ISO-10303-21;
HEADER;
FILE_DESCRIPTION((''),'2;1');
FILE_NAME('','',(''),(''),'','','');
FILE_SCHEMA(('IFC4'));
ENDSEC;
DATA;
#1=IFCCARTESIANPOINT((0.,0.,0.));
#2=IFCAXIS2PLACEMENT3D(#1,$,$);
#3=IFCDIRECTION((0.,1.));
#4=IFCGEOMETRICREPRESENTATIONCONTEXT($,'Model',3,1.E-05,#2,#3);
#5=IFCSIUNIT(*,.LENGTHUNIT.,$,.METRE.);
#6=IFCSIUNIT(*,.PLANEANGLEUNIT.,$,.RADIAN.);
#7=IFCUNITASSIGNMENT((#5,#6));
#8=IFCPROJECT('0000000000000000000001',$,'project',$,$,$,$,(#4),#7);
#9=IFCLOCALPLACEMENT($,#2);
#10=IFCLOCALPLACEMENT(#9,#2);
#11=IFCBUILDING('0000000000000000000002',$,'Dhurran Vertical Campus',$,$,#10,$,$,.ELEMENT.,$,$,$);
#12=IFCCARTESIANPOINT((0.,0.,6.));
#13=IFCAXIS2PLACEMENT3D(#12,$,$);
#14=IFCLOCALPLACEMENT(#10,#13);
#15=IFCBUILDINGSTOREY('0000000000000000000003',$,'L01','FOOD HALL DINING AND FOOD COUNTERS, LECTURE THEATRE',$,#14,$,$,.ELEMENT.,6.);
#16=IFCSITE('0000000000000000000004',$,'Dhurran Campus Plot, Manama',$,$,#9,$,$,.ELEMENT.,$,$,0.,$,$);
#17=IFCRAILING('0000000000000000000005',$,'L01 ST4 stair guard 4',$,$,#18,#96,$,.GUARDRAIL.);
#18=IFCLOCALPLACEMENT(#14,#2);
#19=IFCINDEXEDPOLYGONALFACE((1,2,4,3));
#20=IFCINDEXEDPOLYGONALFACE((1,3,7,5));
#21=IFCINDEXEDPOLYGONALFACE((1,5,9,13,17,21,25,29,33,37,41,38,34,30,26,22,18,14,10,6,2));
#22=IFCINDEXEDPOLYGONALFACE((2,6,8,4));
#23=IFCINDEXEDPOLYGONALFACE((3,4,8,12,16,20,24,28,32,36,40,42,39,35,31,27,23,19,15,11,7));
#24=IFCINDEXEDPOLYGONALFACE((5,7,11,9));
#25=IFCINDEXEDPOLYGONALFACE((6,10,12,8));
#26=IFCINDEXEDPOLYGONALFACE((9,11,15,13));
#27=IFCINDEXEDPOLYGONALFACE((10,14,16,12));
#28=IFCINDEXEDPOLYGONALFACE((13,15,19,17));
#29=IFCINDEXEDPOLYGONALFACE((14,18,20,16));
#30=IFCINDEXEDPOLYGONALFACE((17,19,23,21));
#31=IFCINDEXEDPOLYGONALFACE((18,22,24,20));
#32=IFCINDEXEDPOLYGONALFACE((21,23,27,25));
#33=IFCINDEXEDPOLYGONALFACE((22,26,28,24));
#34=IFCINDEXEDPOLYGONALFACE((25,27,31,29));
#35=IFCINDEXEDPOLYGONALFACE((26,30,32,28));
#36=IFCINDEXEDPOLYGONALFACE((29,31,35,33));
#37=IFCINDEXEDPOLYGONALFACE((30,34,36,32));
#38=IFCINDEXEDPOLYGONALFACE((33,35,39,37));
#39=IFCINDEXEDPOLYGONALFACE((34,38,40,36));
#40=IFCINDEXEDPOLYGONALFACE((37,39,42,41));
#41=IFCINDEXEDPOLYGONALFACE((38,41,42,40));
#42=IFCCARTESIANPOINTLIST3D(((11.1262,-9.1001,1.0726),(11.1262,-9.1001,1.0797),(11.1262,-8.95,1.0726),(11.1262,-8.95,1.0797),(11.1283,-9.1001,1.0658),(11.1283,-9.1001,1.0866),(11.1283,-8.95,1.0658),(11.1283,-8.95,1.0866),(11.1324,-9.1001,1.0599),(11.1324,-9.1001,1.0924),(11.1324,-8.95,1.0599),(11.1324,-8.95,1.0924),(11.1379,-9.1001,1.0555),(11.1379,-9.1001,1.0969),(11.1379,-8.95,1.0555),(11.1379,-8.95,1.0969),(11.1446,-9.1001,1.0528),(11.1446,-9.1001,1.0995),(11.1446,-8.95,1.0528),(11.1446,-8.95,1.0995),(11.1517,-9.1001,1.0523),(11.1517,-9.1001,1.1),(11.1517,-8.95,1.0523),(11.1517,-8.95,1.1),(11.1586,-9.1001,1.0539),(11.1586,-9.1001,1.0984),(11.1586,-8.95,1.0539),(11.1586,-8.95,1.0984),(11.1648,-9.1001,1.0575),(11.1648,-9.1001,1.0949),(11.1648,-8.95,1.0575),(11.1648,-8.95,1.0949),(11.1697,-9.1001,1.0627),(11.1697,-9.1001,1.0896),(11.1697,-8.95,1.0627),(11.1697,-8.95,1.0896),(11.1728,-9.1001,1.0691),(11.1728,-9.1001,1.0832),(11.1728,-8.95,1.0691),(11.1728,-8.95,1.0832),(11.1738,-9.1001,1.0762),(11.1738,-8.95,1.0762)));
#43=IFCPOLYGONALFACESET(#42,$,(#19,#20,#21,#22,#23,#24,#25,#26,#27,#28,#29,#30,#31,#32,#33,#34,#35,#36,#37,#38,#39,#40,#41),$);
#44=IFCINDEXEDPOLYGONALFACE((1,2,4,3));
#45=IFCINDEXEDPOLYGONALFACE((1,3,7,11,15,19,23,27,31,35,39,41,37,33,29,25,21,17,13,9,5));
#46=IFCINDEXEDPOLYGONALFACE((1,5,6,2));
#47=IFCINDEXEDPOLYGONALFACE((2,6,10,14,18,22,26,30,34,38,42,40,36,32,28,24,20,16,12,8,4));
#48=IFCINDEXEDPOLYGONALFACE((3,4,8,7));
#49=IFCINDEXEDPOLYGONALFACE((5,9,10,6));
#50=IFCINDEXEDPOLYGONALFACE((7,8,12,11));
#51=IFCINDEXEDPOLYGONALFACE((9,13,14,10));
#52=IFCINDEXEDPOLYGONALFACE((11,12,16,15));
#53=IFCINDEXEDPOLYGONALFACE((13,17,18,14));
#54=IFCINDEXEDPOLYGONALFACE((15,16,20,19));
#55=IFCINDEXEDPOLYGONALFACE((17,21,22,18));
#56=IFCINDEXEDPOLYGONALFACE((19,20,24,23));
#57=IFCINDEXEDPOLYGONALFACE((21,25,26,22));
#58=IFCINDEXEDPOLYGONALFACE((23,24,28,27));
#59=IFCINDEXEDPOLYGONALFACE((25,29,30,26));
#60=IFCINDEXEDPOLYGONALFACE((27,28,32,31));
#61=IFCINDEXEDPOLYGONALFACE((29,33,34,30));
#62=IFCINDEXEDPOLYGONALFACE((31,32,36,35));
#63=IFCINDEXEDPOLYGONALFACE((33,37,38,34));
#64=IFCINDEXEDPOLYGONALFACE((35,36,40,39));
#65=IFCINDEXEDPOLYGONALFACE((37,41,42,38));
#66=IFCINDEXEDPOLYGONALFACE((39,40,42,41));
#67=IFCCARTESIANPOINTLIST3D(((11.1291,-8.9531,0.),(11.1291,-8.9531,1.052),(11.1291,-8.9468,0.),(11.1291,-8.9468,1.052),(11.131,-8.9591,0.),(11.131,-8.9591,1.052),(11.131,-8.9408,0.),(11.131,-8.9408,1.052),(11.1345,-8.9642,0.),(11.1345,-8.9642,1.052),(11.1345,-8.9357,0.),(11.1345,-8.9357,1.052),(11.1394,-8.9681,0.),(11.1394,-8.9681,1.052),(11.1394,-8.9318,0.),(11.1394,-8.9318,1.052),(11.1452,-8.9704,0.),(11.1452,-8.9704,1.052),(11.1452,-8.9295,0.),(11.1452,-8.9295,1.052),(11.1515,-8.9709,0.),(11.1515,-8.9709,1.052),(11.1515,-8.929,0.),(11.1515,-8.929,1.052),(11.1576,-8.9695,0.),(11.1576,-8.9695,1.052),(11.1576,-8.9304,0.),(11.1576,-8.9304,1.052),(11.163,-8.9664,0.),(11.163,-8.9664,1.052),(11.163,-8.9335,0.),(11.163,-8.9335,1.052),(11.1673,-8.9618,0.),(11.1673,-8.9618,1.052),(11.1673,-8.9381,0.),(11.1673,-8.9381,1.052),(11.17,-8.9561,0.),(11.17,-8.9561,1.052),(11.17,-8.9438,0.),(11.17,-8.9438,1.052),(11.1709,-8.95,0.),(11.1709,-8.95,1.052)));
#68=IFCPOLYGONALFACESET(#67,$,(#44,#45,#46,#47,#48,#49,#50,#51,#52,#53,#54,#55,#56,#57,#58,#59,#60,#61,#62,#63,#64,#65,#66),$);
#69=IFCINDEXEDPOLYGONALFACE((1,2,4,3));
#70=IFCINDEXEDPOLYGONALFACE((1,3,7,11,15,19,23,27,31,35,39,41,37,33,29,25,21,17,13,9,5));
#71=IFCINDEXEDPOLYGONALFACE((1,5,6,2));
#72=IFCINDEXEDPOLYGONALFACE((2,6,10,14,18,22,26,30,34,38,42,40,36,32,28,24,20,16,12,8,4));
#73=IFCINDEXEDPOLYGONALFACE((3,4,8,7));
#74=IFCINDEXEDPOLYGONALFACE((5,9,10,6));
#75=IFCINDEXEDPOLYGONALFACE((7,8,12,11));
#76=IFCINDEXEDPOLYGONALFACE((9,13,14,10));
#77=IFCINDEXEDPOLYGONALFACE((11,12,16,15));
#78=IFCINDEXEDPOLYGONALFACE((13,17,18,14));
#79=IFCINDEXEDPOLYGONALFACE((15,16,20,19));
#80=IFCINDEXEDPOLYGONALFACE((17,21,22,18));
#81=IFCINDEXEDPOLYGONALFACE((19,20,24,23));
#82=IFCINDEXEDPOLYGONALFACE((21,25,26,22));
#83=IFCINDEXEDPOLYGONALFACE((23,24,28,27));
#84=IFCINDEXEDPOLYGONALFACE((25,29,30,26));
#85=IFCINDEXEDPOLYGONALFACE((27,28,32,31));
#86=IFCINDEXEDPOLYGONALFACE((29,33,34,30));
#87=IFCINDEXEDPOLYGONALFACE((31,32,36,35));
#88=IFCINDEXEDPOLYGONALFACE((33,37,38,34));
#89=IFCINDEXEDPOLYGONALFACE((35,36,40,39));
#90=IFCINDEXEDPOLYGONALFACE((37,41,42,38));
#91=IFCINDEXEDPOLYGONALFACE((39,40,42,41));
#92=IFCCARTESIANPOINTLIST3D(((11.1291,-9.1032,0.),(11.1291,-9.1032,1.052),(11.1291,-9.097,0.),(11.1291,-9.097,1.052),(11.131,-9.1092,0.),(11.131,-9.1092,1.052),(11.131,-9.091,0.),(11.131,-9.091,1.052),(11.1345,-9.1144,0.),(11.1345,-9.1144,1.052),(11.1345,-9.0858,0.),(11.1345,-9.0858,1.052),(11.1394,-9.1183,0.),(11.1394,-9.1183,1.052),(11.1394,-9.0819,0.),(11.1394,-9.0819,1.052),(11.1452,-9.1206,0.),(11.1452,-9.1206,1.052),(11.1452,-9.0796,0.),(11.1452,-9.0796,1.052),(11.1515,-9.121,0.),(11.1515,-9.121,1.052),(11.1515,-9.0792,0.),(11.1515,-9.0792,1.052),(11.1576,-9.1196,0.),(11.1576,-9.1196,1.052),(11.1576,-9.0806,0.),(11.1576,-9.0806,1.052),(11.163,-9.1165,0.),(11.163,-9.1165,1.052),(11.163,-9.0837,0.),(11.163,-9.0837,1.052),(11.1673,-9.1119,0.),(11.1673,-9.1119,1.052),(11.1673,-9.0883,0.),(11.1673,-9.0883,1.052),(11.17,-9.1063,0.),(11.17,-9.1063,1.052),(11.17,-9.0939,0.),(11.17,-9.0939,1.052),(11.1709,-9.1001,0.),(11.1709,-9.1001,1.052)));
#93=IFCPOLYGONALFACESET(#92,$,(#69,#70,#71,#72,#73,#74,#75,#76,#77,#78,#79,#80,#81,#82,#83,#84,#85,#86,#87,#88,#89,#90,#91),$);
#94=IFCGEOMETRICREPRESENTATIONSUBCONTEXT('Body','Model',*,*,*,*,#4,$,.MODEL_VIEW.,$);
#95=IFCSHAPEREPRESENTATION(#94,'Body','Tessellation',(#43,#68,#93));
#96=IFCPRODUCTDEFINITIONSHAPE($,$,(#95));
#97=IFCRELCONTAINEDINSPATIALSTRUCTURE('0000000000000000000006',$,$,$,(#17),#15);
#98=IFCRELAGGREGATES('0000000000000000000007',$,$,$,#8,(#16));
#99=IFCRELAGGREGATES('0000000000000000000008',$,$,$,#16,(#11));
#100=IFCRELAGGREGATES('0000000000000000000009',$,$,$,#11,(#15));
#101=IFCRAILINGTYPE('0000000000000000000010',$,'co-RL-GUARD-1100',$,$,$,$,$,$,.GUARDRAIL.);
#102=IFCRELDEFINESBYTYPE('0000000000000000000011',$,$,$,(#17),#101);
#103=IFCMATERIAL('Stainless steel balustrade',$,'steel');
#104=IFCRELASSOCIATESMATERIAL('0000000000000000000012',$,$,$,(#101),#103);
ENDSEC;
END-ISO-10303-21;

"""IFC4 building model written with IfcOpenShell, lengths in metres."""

from ifc_helpers import new_model, si_unit, direction, frame, origin, origin_2d, place, context, subcontext, project, spatial, circle, extrude, material, type_object, element, save


model = new_model("IFC4")

# Units and contexts
model_context = context("Model", 3, precision=1e-05, world=origin(), true_north=direction((0.0, 1.0)))
body_context = subcontext(model_context, "Body", "Model", "MODEL_VIEW")
ifc_project = project(units=[si_unit("LENGTHUNIT", "METRE"), si_unit("PLANEANGLEUNIT", "RADIAN")], contexts=[model_context])

# Site, building, storey
site_placement = place(None, origin())
site = spatial("IfcSite", under=ifc_project, at=site_placement, Name="Dhurran Campus Plot, Manama", CompositionType="ELEMENT", RefElevation=0.0)
building_placement = place(site_placement, origin())
building = spatial("IfcBuilding", under=site, at=building_placement, Name="Dhurran Vertical Campus", CompositionType="ELEMENT")
storey_placement = place(building_placement, frame((0.0, 0.0, 6.0)))
storey = spatial("IfcBuildingStorey", under=building, at=storey_placement, Name="L01", Description="FOOD HALL DINING AND FOOD COUNTERS, LECTURE THEATRE", CompositionType="ELEMENT", Elevation=6.0)

# Railing
ifc_material_1 = material(Name="Stainless steel balustrade", Category="steel")
railing_type_1 = type_object("IfcRailingType", Name="co-RL-GUARD-1100", PredefinedType="GUARDRAIL", material=ifc_material_1)
railing_1_placement = place(storey_placement, frame((11.1499, -8.95, 0.0)))
element("IfcRailing", 1, at=railing_1_placement, inside=storey, type_object=railing_type_1, Name="L01 ST4 stair guard 4", PredefinedType="GUARDRAIL", context=body_context, shape_type="SweptSolid", body=[
    extrude(circle(Radius=0.0239, at=origin_2d()), frame((0.0, 0.0, 1.0762), z_axis=(0.0, -1.0, 0.0), x_axis=(1.0, 0.0, 0.0)), (0.0, 0.0, 1.0), 0.1501),
    extrude(circle(Radius=0.021, at=origin_2d()), origin(), (0.0, 0.0, 1.0), 1.052),
    extrude(circle(Radius=0.021, at=origin_2d()), frame((0.0, -0.1501, 0.0)), (0.0, 0.0, 1.0), 1.052),
])

save(model, "model.ifc")
